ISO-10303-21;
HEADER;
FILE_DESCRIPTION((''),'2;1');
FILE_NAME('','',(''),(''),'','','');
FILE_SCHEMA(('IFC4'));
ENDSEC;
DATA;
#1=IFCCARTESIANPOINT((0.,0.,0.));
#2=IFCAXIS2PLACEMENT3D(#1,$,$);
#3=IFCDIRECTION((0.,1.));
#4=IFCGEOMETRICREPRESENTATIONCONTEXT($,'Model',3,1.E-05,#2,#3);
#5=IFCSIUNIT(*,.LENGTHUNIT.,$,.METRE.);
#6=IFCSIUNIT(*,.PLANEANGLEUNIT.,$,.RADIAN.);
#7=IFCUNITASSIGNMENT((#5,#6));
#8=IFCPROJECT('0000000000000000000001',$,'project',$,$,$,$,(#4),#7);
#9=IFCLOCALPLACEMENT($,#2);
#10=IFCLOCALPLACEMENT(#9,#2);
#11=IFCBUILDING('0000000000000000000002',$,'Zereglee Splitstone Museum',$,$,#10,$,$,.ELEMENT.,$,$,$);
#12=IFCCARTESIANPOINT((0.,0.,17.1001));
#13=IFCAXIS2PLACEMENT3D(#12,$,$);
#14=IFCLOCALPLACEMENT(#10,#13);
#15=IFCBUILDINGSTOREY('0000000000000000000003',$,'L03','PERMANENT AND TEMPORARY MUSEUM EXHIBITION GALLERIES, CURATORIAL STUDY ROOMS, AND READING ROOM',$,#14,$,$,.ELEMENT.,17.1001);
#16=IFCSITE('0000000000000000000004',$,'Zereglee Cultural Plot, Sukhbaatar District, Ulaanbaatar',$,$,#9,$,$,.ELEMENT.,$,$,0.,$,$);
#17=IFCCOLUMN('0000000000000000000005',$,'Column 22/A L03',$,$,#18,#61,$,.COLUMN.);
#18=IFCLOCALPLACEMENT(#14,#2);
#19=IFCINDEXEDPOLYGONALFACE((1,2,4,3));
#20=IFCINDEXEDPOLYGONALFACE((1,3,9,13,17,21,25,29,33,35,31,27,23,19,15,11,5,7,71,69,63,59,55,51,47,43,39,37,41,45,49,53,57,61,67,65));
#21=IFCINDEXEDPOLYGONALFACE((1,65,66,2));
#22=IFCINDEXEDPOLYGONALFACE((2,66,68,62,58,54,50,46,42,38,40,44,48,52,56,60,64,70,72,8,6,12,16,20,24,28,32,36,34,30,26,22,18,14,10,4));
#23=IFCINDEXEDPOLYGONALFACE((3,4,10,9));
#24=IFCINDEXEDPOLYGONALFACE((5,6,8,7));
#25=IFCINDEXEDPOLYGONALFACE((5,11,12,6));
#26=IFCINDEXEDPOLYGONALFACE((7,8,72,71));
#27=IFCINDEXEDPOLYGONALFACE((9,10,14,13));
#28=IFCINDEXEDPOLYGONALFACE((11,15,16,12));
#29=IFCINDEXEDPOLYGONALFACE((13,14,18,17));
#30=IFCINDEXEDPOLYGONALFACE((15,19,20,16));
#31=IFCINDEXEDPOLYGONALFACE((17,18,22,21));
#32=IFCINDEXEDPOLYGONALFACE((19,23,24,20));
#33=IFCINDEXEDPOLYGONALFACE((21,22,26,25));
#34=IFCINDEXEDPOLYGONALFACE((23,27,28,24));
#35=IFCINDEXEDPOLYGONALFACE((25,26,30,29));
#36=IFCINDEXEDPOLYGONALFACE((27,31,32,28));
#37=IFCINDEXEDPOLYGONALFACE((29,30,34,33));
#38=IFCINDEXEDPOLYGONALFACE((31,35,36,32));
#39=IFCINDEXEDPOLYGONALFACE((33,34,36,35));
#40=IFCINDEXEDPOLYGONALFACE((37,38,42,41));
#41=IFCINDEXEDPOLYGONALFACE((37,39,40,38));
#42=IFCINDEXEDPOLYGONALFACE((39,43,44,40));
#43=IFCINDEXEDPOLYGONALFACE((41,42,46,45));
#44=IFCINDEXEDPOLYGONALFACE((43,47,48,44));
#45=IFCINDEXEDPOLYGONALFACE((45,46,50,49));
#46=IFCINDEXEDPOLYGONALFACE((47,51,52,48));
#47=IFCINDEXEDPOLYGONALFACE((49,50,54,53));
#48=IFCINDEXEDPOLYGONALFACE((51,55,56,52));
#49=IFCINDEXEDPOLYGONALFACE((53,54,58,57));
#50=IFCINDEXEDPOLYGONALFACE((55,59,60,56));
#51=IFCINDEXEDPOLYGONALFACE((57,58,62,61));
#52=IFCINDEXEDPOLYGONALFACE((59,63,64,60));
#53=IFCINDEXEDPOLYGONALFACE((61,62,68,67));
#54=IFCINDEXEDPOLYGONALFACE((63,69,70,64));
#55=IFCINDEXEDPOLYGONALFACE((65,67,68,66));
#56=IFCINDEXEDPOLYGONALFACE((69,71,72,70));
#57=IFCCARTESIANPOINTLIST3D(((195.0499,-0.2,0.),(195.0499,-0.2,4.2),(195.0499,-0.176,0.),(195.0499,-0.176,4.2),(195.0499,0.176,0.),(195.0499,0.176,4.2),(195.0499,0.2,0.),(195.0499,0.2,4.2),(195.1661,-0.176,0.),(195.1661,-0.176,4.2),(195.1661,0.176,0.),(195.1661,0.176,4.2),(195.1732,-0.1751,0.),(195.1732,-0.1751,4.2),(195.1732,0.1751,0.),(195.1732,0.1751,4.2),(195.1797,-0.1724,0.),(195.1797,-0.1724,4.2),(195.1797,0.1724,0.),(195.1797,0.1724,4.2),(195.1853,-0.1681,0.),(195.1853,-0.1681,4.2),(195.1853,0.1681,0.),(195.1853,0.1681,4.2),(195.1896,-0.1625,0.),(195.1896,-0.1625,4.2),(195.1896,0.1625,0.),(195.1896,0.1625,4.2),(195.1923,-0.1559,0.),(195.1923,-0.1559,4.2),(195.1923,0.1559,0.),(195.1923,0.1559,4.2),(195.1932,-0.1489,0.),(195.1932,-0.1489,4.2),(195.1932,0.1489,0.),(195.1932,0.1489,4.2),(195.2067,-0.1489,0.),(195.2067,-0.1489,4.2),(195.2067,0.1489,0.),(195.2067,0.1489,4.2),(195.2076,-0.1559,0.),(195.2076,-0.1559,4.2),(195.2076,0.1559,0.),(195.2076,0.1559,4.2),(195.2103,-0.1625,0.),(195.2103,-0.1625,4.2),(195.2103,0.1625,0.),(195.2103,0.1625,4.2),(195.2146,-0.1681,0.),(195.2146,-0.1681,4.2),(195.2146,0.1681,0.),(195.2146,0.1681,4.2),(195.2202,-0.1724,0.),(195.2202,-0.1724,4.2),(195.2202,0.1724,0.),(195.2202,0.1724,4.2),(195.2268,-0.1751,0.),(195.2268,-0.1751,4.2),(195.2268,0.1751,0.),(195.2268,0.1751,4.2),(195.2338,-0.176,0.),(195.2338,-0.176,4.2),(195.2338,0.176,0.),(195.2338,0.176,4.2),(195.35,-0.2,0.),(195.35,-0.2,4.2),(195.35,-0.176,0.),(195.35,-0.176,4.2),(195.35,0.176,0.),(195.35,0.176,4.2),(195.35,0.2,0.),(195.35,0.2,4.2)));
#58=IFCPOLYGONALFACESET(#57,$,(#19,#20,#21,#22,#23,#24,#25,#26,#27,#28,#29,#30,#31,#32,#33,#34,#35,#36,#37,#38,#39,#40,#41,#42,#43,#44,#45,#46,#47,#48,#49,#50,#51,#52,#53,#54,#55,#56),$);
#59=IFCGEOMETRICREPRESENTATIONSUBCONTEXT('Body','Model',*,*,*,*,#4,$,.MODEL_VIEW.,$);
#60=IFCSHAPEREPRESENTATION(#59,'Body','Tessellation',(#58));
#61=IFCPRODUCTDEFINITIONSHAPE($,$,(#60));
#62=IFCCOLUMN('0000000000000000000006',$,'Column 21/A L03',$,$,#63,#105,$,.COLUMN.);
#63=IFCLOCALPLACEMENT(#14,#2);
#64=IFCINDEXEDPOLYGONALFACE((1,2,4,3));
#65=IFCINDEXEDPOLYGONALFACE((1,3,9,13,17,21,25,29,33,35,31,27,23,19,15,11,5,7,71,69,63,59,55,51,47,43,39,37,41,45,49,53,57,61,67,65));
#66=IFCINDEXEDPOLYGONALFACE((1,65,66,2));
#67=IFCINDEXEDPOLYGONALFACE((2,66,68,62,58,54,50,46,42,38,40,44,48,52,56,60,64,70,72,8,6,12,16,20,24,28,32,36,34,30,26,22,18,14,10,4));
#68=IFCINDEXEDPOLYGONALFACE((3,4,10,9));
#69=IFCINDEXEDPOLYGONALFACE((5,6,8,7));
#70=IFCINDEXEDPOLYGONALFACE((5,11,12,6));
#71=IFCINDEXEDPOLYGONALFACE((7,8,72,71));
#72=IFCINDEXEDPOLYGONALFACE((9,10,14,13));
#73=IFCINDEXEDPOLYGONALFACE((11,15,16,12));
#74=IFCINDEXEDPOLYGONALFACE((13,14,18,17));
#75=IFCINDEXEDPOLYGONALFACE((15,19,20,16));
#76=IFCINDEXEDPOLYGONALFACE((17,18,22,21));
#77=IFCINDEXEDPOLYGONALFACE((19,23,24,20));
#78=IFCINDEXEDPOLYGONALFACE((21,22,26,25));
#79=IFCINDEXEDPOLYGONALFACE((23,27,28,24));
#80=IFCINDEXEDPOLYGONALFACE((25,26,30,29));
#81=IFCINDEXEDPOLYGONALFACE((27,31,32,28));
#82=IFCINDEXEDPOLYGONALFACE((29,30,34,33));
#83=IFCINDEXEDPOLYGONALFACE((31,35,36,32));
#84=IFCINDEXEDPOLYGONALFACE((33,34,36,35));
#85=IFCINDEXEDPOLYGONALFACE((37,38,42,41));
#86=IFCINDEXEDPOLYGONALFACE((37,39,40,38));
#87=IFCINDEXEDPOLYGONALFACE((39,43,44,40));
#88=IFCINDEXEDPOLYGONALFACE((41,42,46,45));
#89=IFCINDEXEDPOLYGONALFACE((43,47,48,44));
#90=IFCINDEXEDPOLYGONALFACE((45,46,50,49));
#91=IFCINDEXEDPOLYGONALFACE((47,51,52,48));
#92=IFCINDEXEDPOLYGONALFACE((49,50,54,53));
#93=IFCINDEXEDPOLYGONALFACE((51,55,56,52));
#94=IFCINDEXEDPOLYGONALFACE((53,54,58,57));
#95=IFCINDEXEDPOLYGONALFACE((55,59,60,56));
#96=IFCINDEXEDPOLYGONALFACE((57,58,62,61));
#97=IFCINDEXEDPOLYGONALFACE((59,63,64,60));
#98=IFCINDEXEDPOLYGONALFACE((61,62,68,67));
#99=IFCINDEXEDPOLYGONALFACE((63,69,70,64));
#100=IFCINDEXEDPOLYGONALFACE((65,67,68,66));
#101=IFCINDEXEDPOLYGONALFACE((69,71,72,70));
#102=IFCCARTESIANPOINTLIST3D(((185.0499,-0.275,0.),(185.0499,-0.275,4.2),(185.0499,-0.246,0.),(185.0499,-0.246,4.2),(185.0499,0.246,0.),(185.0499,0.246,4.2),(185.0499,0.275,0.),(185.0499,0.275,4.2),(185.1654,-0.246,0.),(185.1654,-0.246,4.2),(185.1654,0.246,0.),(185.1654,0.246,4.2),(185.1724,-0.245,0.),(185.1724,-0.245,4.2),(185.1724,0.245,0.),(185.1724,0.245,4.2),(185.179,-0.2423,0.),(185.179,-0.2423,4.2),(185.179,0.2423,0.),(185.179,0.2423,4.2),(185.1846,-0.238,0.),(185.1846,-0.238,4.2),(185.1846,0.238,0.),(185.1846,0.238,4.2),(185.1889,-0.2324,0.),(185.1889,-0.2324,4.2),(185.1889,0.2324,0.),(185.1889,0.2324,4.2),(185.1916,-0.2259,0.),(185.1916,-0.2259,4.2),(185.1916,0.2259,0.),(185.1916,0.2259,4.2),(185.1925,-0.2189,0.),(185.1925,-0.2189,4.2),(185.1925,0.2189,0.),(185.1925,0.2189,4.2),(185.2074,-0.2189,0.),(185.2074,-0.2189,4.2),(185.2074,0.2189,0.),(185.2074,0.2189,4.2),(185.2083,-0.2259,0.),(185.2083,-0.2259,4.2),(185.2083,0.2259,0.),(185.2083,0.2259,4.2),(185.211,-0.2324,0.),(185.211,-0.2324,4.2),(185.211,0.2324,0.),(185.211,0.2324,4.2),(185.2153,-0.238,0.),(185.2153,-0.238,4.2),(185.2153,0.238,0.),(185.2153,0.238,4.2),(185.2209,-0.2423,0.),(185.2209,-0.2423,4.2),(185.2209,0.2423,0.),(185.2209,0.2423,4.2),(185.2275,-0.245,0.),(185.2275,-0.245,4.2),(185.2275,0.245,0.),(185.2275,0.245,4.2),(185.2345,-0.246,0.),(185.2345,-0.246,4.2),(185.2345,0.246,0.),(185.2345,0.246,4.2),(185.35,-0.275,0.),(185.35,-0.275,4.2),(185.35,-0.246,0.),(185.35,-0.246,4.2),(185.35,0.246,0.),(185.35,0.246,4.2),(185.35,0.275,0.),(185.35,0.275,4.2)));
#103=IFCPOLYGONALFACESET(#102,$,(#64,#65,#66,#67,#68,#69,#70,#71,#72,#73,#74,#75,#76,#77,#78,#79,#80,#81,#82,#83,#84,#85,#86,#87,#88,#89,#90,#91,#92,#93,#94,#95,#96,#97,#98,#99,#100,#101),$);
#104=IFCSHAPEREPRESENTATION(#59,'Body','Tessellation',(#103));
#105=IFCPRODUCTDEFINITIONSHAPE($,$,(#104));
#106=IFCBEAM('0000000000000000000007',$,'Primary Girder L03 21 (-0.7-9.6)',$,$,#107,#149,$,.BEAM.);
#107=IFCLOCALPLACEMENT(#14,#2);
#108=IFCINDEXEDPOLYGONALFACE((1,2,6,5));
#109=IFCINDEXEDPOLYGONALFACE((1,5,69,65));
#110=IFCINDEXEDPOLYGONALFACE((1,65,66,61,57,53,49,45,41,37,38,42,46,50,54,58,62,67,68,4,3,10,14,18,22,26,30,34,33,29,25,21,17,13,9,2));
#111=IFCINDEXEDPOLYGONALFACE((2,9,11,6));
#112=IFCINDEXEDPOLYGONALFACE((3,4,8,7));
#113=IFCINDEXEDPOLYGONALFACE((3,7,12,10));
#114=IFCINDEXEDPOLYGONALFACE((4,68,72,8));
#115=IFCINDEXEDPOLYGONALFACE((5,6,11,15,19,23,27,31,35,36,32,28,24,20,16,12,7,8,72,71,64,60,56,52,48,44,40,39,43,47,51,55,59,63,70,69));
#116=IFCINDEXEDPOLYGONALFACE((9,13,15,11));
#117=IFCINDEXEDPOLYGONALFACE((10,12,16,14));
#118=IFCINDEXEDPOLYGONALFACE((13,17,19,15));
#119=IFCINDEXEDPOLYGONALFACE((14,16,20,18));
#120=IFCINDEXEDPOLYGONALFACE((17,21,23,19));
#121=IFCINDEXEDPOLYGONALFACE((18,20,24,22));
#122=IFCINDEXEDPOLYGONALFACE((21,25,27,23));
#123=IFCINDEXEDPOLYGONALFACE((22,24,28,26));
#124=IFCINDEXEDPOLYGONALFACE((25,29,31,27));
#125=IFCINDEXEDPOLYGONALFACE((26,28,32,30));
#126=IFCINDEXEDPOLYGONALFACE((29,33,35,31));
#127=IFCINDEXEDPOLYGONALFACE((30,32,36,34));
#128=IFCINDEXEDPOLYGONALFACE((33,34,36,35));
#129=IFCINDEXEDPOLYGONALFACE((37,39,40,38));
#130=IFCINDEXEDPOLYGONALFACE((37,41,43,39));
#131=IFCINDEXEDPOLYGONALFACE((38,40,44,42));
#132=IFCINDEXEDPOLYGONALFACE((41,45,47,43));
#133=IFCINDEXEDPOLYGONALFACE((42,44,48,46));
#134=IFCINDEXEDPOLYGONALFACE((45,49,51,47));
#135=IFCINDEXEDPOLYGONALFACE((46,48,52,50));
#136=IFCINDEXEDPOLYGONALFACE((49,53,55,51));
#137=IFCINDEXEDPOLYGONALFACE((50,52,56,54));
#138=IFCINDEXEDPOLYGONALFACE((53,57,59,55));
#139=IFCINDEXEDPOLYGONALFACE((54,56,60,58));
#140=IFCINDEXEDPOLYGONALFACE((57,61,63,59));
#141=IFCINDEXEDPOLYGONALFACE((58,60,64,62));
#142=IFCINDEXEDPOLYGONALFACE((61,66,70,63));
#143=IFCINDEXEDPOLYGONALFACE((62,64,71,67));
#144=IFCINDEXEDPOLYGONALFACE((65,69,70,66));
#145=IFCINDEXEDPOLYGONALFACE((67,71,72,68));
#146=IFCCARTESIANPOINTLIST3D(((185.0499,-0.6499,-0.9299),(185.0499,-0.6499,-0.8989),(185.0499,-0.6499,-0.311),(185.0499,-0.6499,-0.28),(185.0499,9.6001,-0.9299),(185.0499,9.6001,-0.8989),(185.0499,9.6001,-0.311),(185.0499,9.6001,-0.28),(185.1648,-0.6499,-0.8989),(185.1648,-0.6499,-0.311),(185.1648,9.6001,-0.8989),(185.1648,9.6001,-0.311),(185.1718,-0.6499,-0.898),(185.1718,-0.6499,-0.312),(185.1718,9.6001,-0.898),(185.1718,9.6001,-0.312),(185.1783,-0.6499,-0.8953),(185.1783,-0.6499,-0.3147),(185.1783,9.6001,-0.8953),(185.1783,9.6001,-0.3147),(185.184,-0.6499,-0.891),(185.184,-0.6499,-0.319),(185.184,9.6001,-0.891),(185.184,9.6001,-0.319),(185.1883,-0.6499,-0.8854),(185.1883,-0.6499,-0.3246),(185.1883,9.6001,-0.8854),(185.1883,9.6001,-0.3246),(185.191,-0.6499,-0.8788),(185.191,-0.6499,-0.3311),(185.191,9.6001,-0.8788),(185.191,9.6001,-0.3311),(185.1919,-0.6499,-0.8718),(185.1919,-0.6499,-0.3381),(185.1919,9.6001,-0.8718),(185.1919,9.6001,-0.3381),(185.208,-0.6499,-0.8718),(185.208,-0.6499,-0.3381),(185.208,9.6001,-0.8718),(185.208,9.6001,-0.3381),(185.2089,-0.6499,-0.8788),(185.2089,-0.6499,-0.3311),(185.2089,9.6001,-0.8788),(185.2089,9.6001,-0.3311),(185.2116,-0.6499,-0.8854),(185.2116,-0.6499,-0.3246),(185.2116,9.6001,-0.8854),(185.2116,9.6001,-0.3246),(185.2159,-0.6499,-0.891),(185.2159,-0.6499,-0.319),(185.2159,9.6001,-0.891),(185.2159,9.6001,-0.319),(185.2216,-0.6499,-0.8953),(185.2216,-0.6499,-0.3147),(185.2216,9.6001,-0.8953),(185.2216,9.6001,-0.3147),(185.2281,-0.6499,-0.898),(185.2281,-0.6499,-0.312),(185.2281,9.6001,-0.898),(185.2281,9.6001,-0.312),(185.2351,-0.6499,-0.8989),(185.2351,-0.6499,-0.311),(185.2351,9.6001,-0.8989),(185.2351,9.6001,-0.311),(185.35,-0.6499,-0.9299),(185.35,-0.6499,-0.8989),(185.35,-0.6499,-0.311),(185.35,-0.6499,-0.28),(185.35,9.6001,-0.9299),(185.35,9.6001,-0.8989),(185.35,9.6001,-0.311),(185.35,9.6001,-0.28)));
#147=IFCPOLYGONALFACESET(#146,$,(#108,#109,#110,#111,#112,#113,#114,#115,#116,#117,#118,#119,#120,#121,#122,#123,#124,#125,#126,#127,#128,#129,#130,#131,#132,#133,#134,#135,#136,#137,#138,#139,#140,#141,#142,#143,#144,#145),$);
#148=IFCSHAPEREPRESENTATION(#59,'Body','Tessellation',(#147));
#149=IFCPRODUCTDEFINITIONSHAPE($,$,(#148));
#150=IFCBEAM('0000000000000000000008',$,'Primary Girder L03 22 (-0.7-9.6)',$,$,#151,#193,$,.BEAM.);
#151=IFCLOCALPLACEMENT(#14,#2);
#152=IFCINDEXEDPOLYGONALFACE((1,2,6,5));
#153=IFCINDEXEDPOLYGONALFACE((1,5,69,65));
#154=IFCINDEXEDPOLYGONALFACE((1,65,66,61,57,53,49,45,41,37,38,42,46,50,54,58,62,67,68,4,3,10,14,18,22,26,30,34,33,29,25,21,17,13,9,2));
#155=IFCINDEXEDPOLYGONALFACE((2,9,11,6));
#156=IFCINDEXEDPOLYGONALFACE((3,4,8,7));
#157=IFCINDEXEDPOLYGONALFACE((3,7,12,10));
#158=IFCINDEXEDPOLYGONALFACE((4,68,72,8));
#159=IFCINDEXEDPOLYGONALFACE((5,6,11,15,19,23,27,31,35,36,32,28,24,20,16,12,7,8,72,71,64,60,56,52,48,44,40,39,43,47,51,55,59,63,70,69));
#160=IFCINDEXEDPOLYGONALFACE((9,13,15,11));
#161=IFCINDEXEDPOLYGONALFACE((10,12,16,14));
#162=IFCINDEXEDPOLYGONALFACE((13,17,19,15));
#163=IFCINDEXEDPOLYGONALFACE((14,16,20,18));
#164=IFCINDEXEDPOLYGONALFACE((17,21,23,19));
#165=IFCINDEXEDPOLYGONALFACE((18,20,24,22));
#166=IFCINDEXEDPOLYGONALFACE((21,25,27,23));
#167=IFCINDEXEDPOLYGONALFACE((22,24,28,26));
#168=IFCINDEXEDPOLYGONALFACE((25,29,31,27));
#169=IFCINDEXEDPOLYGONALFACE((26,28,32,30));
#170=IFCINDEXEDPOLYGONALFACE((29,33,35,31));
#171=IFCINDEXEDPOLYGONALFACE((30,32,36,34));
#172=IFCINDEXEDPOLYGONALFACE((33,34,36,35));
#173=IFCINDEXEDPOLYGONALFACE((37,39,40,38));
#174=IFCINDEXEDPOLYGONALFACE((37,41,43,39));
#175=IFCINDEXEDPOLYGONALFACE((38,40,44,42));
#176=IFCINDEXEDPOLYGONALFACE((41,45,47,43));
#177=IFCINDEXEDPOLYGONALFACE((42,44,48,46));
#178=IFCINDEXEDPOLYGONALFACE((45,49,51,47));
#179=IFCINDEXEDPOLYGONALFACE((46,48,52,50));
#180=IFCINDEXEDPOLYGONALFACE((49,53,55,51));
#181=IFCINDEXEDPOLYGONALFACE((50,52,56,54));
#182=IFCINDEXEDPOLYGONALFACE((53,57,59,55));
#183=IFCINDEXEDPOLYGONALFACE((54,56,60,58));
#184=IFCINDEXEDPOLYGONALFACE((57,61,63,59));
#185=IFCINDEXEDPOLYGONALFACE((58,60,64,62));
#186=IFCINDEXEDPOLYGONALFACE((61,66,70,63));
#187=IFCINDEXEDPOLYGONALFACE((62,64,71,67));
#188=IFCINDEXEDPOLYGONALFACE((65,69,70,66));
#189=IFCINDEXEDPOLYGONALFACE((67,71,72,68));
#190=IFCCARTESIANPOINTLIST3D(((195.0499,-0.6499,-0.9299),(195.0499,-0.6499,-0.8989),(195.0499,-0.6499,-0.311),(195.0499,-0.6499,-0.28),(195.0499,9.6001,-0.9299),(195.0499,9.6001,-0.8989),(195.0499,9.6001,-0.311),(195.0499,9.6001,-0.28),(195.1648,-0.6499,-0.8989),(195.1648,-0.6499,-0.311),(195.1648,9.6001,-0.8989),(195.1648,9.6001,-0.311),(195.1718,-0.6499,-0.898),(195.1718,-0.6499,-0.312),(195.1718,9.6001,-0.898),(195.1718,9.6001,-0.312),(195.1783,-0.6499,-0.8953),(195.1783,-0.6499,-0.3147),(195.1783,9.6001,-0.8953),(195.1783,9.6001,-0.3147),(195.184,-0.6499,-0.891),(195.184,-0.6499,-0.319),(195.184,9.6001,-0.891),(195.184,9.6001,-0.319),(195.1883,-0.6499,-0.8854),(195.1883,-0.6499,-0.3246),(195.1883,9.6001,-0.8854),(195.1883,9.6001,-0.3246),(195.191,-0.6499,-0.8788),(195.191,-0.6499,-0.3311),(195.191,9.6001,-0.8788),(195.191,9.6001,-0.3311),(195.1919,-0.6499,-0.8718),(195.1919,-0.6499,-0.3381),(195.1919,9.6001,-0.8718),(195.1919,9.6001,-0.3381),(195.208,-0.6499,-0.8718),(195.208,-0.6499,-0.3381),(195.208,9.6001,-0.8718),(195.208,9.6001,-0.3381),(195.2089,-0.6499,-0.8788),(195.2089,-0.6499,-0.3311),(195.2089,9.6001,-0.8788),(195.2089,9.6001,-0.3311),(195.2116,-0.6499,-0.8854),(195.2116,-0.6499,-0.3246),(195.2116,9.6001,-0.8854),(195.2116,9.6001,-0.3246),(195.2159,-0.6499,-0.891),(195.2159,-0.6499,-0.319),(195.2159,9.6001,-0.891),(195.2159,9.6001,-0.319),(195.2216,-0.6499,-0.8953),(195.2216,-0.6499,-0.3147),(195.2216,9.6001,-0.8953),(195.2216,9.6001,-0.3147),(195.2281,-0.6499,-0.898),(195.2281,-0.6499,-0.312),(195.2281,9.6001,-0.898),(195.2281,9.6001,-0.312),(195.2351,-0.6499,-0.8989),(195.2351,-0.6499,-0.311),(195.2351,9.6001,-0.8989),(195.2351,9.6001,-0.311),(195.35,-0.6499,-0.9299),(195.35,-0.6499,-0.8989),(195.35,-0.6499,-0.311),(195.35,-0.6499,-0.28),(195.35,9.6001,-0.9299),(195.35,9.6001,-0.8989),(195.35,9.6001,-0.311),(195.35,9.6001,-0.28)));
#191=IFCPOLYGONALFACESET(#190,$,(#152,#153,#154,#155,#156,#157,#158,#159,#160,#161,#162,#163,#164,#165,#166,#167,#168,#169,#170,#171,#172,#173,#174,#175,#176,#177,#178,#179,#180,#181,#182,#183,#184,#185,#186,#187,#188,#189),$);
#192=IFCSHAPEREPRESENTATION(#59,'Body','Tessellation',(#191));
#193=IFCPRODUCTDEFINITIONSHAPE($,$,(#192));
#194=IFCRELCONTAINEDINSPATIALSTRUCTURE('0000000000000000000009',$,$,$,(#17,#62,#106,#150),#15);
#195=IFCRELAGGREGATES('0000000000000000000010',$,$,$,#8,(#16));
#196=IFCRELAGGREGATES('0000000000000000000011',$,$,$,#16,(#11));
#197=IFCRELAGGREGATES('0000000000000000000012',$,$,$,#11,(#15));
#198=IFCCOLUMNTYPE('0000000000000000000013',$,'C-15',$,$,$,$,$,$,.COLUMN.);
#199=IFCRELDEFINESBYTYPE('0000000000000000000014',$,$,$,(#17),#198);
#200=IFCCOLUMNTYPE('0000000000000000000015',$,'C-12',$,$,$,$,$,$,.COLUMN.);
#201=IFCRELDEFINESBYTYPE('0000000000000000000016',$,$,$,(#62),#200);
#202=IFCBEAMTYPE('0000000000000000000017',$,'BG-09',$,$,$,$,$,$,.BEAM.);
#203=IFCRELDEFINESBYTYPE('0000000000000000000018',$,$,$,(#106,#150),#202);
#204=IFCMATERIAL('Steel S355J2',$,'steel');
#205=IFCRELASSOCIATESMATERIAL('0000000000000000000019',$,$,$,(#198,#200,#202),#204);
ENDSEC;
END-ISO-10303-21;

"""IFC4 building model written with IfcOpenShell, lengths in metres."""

from ifc_helpers import new_model, si_unit, direction, frame, origin, origin_2d, place, context, subcontext, project, spatial, i_section, extrude, material, material_profile, profile_set, type_object, element, save


model = new_model("IFC4")

# Units and contexts
model_context = context("Model", 3, precision=1e-05, world=origin(), true_north=direction((0.0, 1.0)))
body_context = subcontext(model_context, "Body", "Model", "MODEL_VIEW")
ifc_project = project(units=[si_unit("LENGTHUNIT", "METRE"), si_unit("PLANEANGLEUNIT", "RADIAN")], contexts=[model_context])

# Site, building, storey
site_placement = place(None, origin())
site = spatial("IfcSite", under=ifc_project, at=site_placement, Name="Zereglee Cultural Plot, Sukhbaatar District, Ulaanbaatar", CompositionType="ELEMENT", RefElevation=0.0)
building_placement = place(site_placement, origin())
building = spatial("IfcBuilding", under=site, at=building_placement, Name="Zereglee Splitstone Museum", CompositionType="ELEMENT")
storey_placement = place(building_placement, frame((0.0, 0.0, 17.1001)))
storey = spatial("IfcBuildingStorey", under=building, at=storey_placement, Name="L03", Description="PERMANENT AND TEMPORARY MUSEUM EXHIBITION GALLERIES, CURATORIAL STUDY ROOMS, AND READING ROOM", CompositionType="ELEMENT", Elevation=17.1001)

# Columns
ifc_material_1 = material(Name="Steel S355J2", Category="steel")
ifc_material_profile_1 = material_profile(ifc_material_1, i_section(OverallWidth=0.3, OverallDepth=0.3999, WebThickness=0.0134, FlangeThickness=0.0239, FilletRadius=0.0271, at=origin_2d()), Name="HE 400 B")
ifc_profile_set_1 = profile_set([ifc_material_profile_1], Name="Steel S355J2")
column_type_1 = type_object("IfcColumnType", Name="C-15", PredefinedType="COLUMN", material=ifc_profile_set_1)
column_1_placement = place(storey_placement, frame((195.2, 0.0, 0.0), z_axis=(0.0, 0.0, 1.0), x_axis=(1.0, 0.0, 0.0)))
element("IfcColumn", 1, at=column_1_placement, inside=storey, type_object=column_type_1, Name="Column 22/A L03", PredefinedType="COLUMN", context=body_context, shape_type="SweptSolid", body=[
    extrude(i_section(OverallWidth=0.3, OverallDepth=0.3999, WebThickness=0.0134, FlangeThickness=0.0239, FilletRadius=0.0271, at=origin_2d()), origin(), (0.0, 0.0, 1.0), 4.2),
])
ifc_material_profile_2 = material_profile(ifc_material_1, i_section(OverallWidth=0.3, OverallDepth=0.55, WebThickness=0.0149, FlangeThickness=0.0291, FilletRadius=0.0271, at=origin_2d()), Name="HE 550 B")
ifc_profile_set_2 = profile_set([ifc_material_profile_2], Name="Steel S355J2")
column_type_2 = type_object("IfcColumnType", Name="C-12", PredefinedType="COLUMN", material=ifc_profile_set_2)
column_2_placement = place(storey_placement, frame((185.2, 0.0, 0.0), z_axis=(0.0, 0.0, 1.0), x_axis=(1.0, 0.0, 0.0)))
element("IfcColumn", 2, at=column_2_placement, inside=storey, type_object=column_type_2, Name="Column 21/A L03", PredefinedType="COLUMN", context=body_context, shape_type="SweptSolid", body=[
    extrude(i_section(OverallWidth=0.3, OverallDepth=0.55, WebThickness=0.0149, FlangeThickness=0.0291, FilletRadius=0.0271, at=origin_2d()), origin(), (0.0, 0.0, 1.0), 4.2),
])

# Beams
ifc_material_profile_3 = material_profile(ifc_material_1, i_section(OverallWidth=0.3, OverallDepth=0.6499, WebThickness=0.0161, FlangeThickness=0.031, FilletRadius=0.0271, at=origin_2d()), Name="HE 650 B")
ifc_profile_set_3 = profile_set([ifc_material_profile_3], Name="Steel S355J2")
beam_type_1 = type_object("IfcBeamType", Name="BG-09", PredefinedType="BEAM", material=ifc_profile_set_3)
for number, where, z_axis, x_axis, name in (
    (3, (185.2, -0.6499, -0.605), (0.0, 1.0, 0.0), (-1.0, 0.0, 0.0), "Primary Girder L03 21 (-0.7-9.6)"),
    (4, (195.2, -0.6499, -0.605), (0.0, 1.0, 0.0), (-1.0, 0.0, 0.0), "Primary Girder L03 22 (-0.7-9.6)"),
):
    element("IfcBeam", number, at=place(storey_placement, frame(where, z_axis=z_axis, x_axis=x_axis)), inside=storey, type_object=beam_type_1, Name=name, PredefinedType="BEAM", context=body_context, shape_type="SweptSolid", body=[
        extrude(i_section(OverallWidth=0.3, OverallDepth=0.6499, WebThickness=0.0161, FlangeThickness=0.031, FilletRadius=0.0271, at=origin_2d()), origin(), (0.0, 0.0, 1.0), 10.25),
    ])

save(model, "model.ifc")
